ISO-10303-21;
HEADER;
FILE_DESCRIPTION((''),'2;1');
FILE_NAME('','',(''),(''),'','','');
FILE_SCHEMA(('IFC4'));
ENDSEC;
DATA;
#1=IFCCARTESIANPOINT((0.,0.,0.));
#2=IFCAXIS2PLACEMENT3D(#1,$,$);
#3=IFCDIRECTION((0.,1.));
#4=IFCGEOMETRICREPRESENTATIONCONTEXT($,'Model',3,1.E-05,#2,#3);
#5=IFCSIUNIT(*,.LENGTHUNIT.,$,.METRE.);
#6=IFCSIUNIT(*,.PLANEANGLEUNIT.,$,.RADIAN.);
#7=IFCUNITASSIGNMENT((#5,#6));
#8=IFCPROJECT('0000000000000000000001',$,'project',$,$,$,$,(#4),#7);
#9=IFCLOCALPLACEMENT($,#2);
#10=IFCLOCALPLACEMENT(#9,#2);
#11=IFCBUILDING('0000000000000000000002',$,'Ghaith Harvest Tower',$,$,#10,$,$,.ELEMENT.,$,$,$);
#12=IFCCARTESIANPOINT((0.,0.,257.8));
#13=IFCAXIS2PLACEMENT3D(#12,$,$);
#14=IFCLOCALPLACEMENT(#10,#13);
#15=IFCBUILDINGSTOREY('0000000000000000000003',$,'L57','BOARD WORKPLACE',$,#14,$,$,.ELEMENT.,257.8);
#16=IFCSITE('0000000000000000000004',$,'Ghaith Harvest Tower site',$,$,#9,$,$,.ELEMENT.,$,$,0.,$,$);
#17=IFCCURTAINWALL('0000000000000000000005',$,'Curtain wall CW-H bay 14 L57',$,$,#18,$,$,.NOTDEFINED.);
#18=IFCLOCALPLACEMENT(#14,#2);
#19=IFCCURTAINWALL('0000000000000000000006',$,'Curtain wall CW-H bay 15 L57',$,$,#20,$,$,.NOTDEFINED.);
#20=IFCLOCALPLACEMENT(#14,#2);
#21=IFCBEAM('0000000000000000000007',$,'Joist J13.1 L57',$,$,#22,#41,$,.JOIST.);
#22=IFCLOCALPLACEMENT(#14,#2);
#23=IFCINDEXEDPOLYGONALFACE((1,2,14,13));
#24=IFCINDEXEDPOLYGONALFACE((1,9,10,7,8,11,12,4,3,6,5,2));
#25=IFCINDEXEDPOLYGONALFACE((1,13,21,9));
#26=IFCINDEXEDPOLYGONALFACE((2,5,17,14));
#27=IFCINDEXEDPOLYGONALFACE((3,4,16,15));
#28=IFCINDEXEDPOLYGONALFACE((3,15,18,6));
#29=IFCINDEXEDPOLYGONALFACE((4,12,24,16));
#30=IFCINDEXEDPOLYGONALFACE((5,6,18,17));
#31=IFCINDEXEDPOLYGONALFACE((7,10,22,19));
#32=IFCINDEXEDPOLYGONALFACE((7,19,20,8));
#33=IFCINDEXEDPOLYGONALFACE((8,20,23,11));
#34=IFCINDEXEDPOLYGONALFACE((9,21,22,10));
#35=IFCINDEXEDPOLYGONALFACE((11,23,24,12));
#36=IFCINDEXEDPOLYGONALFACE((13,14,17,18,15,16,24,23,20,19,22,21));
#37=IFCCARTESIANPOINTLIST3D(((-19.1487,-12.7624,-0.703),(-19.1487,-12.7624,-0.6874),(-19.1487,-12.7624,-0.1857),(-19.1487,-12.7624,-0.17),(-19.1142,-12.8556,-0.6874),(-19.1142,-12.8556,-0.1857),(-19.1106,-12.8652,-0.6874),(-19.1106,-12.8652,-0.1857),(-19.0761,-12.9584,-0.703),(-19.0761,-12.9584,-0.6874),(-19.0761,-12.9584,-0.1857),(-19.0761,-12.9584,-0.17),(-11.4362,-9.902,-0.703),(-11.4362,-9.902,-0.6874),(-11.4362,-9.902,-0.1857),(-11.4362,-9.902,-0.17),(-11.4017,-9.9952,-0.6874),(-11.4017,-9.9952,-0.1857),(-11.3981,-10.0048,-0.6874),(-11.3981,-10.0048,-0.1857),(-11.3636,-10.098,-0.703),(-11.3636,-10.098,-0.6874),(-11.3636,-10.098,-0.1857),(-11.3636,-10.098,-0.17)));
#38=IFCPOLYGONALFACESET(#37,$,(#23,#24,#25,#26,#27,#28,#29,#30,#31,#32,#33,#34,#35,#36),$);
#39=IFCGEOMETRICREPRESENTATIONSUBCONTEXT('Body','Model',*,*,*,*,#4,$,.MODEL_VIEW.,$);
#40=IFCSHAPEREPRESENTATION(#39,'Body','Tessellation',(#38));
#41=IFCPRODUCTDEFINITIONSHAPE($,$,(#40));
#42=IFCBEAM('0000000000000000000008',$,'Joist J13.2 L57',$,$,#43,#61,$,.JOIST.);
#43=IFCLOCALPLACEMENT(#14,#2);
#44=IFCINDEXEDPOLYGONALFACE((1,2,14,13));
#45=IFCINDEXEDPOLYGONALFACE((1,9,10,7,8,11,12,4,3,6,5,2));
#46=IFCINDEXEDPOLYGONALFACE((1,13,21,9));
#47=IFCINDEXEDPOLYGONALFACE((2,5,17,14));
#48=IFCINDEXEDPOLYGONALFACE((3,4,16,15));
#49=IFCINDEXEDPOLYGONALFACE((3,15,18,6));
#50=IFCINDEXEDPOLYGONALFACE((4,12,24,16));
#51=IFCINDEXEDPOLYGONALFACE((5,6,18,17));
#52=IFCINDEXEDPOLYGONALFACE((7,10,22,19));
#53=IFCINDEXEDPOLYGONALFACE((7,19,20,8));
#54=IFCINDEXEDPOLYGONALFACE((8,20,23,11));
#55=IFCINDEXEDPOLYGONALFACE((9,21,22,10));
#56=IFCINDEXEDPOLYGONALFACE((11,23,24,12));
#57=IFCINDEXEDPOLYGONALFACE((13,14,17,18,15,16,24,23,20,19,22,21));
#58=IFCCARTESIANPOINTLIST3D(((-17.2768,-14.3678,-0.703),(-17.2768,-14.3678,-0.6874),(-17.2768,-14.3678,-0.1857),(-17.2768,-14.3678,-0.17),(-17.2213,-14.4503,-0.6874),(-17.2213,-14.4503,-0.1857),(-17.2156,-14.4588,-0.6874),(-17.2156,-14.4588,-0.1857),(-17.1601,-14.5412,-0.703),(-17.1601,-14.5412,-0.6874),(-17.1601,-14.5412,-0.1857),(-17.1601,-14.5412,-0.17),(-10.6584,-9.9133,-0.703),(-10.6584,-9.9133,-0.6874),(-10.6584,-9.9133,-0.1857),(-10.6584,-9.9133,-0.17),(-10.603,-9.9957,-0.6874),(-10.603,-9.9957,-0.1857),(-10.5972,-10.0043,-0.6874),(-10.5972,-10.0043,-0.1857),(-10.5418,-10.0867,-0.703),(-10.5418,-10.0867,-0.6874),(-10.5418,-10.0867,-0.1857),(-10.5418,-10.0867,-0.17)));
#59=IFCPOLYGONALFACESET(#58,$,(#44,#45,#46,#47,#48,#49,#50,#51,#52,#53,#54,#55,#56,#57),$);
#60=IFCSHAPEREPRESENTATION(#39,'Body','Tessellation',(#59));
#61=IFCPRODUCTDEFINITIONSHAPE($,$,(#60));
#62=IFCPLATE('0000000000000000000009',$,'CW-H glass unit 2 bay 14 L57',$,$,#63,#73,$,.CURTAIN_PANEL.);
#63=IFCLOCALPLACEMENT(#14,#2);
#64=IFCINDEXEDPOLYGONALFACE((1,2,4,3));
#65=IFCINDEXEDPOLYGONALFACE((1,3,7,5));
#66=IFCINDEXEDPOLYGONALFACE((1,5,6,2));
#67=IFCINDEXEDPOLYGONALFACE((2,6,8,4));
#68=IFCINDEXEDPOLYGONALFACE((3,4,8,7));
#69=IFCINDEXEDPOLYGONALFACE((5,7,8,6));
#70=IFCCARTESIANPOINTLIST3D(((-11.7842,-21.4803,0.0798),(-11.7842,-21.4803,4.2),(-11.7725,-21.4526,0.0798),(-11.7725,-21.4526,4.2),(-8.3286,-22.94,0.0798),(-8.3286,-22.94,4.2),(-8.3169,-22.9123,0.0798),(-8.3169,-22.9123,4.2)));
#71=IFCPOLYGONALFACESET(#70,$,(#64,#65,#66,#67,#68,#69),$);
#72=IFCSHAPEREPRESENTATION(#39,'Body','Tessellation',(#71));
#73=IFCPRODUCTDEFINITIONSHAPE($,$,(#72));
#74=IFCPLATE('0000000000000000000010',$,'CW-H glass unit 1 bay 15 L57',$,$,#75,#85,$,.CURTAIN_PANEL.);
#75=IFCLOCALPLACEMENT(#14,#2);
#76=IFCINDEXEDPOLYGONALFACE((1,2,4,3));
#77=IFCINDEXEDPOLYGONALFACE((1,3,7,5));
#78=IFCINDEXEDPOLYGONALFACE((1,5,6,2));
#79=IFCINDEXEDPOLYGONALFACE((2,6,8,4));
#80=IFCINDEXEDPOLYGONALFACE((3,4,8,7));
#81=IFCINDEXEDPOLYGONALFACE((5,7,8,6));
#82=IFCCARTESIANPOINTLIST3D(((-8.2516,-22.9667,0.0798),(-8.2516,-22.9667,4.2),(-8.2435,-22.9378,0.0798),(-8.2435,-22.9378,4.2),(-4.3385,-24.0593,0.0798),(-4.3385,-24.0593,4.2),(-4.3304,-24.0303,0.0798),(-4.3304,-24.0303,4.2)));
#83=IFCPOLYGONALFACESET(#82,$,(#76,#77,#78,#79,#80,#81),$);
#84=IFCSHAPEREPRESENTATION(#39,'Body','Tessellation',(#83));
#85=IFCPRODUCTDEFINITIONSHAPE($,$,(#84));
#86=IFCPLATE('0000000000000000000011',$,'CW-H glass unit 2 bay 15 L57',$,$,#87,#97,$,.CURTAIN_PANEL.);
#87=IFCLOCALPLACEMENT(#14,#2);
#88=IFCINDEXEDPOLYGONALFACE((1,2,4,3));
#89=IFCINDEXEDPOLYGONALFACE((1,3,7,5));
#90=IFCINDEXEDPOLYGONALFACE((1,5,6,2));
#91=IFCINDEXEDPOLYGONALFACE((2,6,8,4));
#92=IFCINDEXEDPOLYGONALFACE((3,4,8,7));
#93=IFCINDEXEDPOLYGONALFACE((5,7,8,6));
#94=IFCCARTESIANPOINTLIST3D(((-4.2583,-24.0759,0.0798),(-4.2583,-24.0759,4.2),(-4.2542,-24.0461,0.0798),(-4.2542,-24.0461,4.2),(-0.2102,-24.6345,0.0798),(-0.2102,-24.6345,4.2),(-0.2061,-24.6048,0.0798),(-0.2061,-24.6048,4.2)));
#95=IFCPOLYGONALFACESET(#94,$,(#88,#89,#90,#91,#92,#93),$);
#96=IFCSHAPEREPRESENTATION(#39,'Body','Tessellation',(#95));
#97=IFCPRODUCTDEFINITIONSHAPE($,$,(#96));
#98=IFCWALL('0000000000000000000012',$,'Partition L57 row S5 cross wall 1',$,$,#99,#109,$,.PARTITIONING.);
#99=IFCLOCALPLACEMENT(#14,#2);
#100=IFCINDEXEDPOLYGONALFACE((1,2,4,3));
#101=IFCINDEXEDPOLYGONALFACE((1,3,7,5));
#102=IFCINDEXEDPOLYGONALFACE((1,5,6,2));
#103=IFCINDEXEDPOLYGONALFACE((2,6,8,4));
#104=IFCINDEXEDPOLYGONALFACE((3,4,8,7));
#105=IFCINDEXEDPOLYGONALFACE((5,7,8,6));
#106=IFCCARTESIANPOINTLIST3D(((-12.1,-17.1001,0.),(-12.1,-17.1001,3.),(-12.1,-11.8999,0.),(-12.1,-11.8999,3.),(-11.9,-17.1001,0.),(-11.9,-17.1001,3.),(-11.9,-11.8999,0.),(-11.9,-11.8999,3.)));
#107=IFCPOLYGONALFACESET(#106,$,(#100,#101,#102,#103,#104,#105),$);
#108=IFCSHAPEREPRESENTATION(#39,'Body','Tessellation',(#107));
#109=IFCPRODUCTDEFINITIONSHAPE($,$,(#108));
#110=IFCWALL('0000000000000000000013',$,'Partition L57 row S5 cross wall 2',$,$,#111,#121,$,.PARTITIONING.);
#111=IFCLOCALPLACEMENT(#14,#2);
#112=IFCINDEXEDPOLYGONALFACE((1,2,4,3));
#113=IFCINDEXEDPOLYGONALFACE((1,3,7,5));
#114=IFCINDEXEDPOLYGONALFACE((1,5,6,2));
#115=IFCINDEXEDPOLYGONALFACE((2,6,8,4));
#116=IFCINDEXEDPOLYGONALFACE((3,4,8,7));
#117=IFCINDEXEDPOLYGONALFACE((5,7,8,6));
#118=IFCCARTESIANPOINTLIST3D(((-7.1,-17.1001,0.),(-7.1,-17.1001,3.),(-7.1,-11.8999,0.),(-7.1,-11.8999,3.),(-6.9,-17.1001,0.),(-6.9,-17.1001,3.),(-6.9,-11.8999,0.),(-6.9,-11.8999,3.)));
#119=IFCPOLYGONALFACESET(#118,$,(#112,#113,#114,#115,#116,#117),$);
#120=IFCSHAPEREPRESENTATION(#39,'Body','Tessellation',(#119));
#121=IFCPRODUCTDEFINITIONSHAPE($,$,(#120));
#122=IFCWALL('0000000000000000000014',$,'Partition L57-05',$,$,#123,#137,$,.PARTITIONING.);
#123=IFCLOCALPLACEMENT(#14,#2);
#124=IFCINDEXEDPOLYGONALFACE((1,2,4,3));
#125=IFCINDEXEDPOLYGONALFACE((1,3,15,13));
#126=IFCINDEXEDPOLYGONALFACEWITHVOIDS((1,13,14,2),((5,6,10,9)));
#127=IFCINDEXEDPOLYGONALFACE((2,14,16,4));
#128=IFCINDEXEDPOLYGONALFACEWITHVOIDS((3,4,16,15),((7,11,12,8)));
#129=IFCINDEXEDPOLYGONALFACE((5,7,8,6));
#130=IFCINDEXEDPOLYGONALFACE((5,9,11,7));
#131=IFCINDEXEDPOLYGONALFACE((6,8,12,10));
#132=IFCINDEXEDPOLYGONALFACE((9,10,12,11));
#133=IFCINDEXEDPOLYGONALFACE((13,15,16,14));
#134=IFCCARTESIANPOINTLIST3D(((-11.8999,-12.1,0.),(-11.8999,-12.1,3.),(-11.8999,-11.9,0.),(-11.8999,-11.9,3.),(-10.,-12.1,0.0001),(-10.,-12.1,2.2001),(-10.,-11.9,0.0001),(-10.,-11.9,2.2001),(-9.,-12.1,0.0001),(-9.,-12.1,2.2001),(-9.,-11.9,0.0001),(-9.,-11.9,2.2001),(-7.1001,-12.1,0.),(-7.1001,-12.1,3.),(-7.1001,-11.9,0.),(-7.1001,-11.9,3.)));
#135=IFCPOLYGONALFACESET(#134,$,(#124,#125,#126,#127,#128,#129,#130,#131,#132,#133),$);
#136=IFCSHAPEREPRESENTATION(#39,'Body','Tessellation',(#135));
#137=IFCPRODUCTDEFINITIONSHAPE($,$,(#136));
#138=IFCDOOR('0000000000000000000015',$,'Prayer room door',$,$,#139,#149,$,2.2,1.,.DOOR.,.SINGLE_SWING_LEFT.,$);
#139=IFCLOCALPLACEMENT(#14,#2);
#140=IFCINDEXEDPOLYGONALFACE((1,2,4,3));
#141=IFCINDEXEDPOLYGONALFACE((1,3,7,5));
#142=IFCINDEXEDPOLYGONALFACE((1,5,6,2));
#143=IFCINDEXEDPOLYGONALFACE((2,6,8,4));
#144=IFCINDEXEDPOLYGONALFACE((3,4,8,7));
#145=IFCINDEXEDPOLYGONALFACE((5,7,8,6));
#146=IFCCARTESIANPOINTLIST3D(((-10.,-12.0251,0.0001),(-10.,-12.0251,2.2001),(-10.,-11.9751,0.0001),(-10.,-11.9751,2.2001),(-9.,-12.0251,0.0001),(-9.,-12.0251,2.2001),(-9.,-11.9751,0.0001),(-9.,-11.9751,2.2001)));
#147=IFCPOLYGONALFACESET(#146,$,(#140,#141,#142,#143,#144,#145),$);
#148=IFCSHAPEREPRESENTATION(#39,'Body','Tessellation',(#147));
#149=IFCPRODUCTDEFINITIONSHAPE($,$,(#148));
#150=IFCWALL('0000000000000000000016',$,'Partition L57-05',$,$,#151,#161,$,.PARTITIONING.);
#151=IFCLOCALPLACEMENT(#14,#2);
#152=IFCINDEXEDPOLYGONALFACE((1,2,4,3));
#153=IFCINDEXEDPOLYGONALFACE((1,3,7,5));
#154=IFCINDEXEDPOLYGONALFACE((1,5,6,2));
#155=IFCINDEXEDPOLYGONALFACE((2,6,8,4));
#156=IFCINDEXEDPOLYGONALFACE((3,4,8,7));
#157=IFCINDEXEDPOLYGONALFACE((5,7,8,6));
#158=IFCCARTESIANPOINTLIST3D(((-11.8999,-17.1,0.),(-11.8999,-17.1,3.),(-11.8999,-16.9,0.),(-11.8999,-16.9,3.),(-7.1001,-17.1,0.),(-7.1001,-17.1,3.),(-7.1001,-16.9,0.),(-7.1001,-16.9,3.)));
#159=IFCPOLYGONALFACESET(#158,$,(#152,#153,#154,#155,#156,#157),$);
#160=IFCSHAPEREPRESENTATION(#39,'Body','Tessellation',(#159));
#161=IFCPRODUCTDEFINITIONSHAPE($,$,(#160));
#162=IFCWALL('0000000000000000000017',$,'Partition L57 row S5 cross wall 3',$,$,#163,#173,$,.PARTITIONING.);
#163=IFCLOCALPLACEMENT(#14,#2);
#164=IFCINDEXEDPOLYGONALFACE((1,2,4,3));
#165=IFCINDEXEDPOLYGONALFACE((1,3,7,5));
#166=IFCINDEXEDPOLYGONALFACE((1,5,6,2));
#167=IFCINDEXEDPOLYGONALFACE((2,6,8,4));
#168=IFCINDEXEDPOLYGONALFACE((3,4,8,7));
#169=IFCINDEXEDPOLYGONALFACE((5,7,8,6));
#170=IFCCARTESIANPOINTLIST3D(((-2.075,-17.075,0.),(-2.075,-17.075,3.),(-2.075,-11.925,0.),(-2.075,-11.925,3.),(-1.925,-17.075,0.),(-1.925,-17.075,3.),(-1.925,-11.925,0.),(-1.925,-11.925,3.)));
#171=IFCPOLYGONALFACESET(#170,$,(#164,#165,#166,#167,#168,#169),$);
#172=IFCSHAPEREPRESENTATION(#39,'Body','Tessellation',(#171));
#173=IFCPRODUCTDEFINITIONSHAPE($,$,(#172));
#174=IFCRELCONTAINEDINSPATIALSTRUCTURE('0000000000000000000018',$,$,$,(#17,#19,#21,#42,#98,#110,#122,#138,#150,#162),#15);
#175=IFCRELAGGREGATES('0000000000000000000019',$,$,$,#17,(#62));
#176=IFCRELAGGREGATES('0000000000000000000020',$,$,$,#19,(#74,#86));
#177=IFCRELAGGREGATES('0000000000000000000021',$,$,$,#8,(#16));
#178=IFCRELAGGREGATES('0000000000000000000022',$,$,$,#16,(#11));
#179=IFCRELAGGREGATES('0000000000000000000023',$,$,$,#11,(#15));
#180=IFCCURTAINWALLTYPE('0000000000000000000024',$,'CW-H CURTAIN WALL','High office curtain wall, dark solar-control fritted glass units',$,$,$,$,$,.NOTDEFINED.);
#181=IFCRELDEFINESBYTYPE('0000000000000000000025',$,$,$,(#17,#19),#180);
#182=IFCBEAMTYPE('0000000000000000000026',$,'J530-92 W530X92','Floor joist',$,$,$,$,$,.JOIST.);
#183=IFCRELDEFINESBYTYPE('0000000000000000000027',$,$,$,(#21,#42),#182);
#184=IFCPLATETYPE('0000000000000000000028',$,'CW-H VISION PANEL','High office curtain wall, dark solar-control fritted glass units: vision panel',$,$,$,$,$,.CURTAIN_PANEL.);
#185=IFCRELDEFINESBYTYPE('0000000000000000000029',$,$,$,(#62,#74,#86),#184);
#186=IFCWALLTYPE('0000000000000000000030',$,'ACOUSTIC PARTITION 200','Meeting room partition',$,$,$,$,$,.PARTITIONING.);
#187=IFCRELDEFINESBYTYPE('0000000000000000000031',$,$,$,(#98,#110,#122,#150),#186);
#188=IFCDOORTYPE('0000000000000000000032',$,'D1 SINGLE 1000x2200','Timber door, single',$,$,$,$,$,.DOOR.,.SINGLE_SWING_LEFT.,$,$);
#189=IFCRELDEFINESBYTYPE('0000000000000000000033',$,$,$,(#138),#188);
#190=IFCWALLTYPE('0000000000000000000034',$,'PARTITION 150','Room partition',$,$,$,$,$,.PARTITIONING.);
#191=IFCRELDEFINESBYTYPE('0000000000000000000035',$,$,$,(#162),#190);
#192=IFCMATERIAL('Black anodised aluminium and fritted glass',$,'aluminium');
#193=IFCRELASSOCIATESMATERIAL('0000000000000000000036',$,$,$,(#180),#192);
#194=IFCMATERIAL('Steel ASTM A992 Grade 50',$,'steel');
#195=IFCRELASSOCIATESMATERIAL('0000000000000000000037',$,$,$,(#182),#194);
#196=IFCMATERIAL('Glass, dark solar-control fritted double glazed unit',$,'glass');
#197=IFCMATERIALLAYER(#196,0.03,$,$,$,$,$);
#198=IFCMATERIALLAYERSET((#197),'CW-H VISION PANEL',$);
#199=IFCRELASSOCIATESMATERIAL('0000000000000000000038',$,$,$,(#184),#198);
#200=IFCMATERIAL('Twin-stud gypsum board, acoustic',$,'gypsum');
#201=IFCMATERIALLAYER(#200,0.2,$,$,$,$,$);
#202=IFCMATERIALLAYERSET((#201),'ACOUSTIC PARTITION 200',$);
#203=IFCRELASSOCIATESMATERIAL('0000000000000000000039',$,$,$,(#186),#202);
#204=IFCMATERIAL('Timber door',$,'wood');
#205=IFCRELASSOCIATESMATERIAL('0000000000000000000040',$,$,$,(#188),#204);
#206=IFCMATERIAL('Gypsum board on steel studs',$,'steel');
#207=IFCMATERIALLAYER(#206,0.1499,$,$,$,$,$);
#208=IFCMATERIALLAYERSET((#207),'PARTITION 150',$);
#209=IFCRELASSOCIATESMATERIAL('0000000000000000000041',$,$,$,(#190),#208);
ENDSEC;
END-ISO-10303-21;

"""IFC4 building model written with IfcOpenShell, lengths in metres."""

from ifc_helpers import new_model, si_unit, direction, frame, frame_2d, origin, origin_2d, place, context, subcontext, project, spatial, rectangle, i_section, extrude, material, layer, layer_set, material_profile, profile_set, type_object, element, fill, aggregate, save


model = new_model("IFC4")

# Units and contexts
model_context = context("Model", 3, precision=1e-05, world=origin(), true_north=direction((0.0, 1.0)))
body_context = subcontext(model_context, "Body", "Model", "MODEL_VIEW")
ifc_project = project(units=[si_unit("LENGTHUNIT", "METRE"), si_unit("PLANEANGLEUNIT", "RADIAN")], contexts=[model_context])

# Site, building, storey
site_placement = place(None, origin())
site = spatial("IfcSite", under=ifc_project, at=site_placement, Name="Ghaith Harvest Tower site", CompositionType="ELEMENT", RefElevation=0.0)
building_placement = place(site_placement, origin())
building = spatial("IfcBuilding", under=site, at=building_placement, Name="Ghaith Harvest Tower", CompositionType="ELEMENT")
storey_placement = place(building_placement, frame((0.0, 0.0, 257.8)))
storey = spatial("IfcBuildingStorey", under=building, at=storey_placement, Name="L57", Description="BOARD WORKPLACE", CompositionType="ELEMENT", Elevation=257.8)

# Curtain wall
ifc_material_1 = material(Name="Black anodised aluminium and fritted glass", Category="aluminium")
curtain_wall_type = type_object("IfcCurtainWallType", Name="CW-H CURTAIN WALL", Description="High office curtain wall, dark solar-control fritted glass units", PredefinedType="NOTDEFINED", material=ifc_material_1)
curtain_wall_1_placement = place(storey_placement, origin())
curtain_wall_1 = element("IfcCurtainWall", 1, at=curtain_wall_1_placement, inside=storey, type_object=curtain_wall_type, Name="Curtain wall CW-H bay 14 L57", PredefinedType="NOTDEFINED")

# Curtain wall
curtain_wall_2_placement = place(storey_placement, origin())
curtain_wall_2 = element("IfcCurtainWall", 2, at=curtain_wall_2_placement, inside=storey, type_object=curtain_wall_type, Name="Curtain wall CW-H bay 15 L57", PredefinedType="NOTDEFINED")

# Beams
ifc_material_2 = material(Name="Steel ASTM A992 Grade 50", Category="steel")
ifc_material_profile_1 = material_profile(ifc_material_2, i_section(OverallWidth=0.209, OverallDepth=0.533, WebThickness=0.0103, FlangeThickness=0.0156, at=origin_2d()), Name="W530X92")
ifc_profile_set_1 = profile_set([ifc_material_profile_1], Name="Steel ASTM A992 Grade 50")
beam_type_1 = type_object("IfcBeamType", Name="J530-92 W530X92", Description="Floor joist", PredefinedType="JOIST", material=ifc_profile_set_1)
beam_1_placement = place(storey_placement, frame((-11.3999, -10.0, -0.4365), z_axis=(-0.937594, -0.347732, 0.0), x_axis=(0.347732, -0.937594, 0.0)))
element("IfcBeam", 3, at=beam_1_placement, inside=storey, type_object=beam_type_1, Name="Joist J13.1 L57", PredefinedType="JOIST", context=body_context, shape_type="SweptSolid", body=[
    extrude(i_section(OverallWidth=0.209, OverallDepth=0.533, WebThickness=0.0103, FlangeThickness=0.0156, at=origin_2d()), origin(), (0.0, 0.0, 1.0), 8.2258),
])
beam_2_placement = place(storey_placement, frame((-10.6001, -10.0, -0.4365), z_axis=(-0.829594, -0.558367, 0.0), x_axis=(0.558367, -0.829594, 0.0)))
element("IfcBeam", 4, at=beam_2_placement, inside=storey, type_object=beam_type_1, Name="Joist J13.2 L57", PredefinedType="JOIST", context=body_context, shape_type="SweptSolid", body=[
    extrude(i_section(OverallWidth=0.209, OverallDepth=0.533, WebThickness=0.0103, FlangeThickness=0.0156, at=origin_2d()), origin(), (0.0, 0.0, 1.0), 7.9778),
])

# Plates
ifc_material_3 = material(Name="Glass, dark solar-control fritted double glazed unit", Category="glass")
ifc_layer_1 = layer(ifc_material_3, 0.03)
ifc_layer_set_1 = layer_set([ifc_layer_1], Name="CW-H VISION PANEL")
plate_type = type_object("IfcPlateType", Name="CW-H VISION PANEL", Description="High office curtain wall, dark solar-control fritted glass units: vision panel", PredefinedType="CURTAIN_PANEL", material=ifc_layer_set_1)
plate_1_placement = place(storey_placement, frame((-10.0505, -22.1963, 0.0798), z_axis=(0.0, 0.0, 1.0), x_axis=(0.921182, -0.389133, 0.0)))
plate_1 = element("IfcPlate", 5, at=plate_1_placement, type_object=plate_type, Name="CW-H glass unit 2 bay 14 L57", PredefinedType="CURTAIN_PANEL", context=body_context, shape_type="SweptSolid", body=[
    extrude(rectangle(XDim=3.7512, YDim=0.03, at=origin_2d()), origin(), (0.0, 0.0, 1.0), 4.1201),
])
aggregate(curtain_wall_1, [plate_1])
plate_2_placement = place(storey_placement, frame((-6.291, -23.4985, 0.0798), z_axis=(0.0, 0.0, 1.0), x_axis=(0.963163, -0.268919, 0.0)))
plate_2 = element("IfcPlate", 6, at=plate_2_placement, type_object=plate_type, Name="CW-H glass unit 1 bay 15 L57", PredefinedType="CURTAIN_PANEL", context=body_context, shape_type="SweptSolid", body=[
    extrude(rectangle(XDim=4.0627, YDim=0.03, at=origin_2d()), origin(), (0.0, 0.0, 1.0), 4.1201),
])
plate_3_placement = place(storey_placement, frame((-2.2322, -24.3403, 0.0798), z_axis=(0.0, 0.0, 1.0), x_axis=(0.990612, -0.136702, 0.0)))
plate_3 = element("IfcPlate", 7, at=plate_3_placement, type_object=plate_type, Name="CW-H glass unit 2 bay 15 L57", PredefinedType="CURTAIN_PANEL", context=body_context, shape_type="SweptSolid", body=[
    extrude(rectangle(XDim=4.0864, YDim=0.03, at=origin_2d()), origin(), (0.0, 0.0, 1.0), 4.1201),
])
aggregate(curtain_wall_2, [plate_2, plate_3])

# Walls
ifc_material_4 = material(Name="Twin-stud gypsum board, acoustic", Category="gypsum")
ifc_layer_2 = layer(ifc_material_4, 0.2)
ifc_layer_set_2 = layer_set([ifc_layer_2], Name="ACOUSTIC PARTITION 200")
wall_type_1 = type_object("IfcWallType", Name="ACOUSTIC PARTITION 200", Description="Meeting room partition", PredefinedType="PARTITIONING", material=ifc_layer_set_2)
for number, where, z_axis, x_axis, name in (
    (8, (-12.0, -11.8999, 0.0), (0.0, 0.0, 1.0), (0.0, -1.0, 0.0), "Partition L57 row S5 cross wall 1"),
    (9, (-7.0, -11.8999, 0.0), (0.0, 0.0, 1.0), (0.0, -1.0, 0.0), "Partition L57 row S5 cross wall 2"),
):
    element("IfcWall", number, at=place(storey_placement, frame(where, z_axis=z_axis, x_axis=x_axis)), inside=storey, type_object=wall_type_1, Name=name, PredefinedType="PARTITIONING", context=body_context, shape_type="SweptSolid", body=[
        extrude(rectangle(XDim=5.2002, YDim=0.2, at=frame_2d((2.6001, 0.0))), origin(), (0.0, 0.0, 1.0), 3.0),
    ])

# Wall, opening, door
wall_1_placement = place(storey_placement, frame((-11.8999, -12.0, 0.0), z_axis=(0.0, 0.0, 1.0), x_axis=(1.0, 0.0, 0.0)))
wall_1 = element("IfcWall", 10, at=wall_1_placement, inside=storey, type_object=wall_type_1, Name="Partition L57-05", PredefinedType="PARTITIONING", context=body_context, shape_type="SweptSolid", body=[
    extrude(rectangle(XDim=4.7998, YDim=0.2, at=frame_2d((2.3999, 0.0))), origin(), (0.0, 0.0, 1.0), 3.0),
])
opening_1_placement = place(wall_1_placement, frame((1.8999, 0.0, 0.0)))
opening_1 = element("IfcOpeningElement", 11, at=opening_1_placement, cuts=wall_1, PredefinedType="OPENING", context=body_context, shape_type="SweptSolid", body=[
    extrude(rectangle(XDim=1.0, YDim=2.2, at=frame_2d((0.5, 1.1001))), frame((0.0, 0.1099, 0.0), z_axis=(0.0, -1.0, 0.0), x_axis=(1.0, 0.0, 0.0)), (0.0, 0.0, 1.0), 0.22),
])
ifc_material_5 = material(Name="Timber door", Category="wood")
door_type = type_object("IfcDoorType", Name="D1 SINGLE 1000x2200", Description="Timber door, single", OperationType="SINGLE_SWING_LEFT", PredefinedType="DOOR", material=ifc_material_5)
door_1_placement = place(opening_1_placement, origin())
door_1 = element("IfcDoor", 12, at=door_1_placement, inside=storey, type_object=door_type, Name="Prayer room door", OperationType="SINGLE_SWING_LEFT", OverallHeight=2.2, OverallWidth=1.0, PredefinedType="DOOR", context=body_context, shape_type="SweptSolid", body=[
    extrude(rectangle(XDim=1.0, YDim=2.2, at=frame_2d((0.5, 1.1001))), frame((0.0, 0.0249, 0.0), z_axis=(0.0, -1.0, 0.0), x_axis=(1.0, 0.0, 0.0)), (0.0, 0.0, 1.0), 0.05),
])
fill(opening_1, door_1)

# Walls
wall_2_placement = place(storey_placement, frame((-11.8999, -17.0, 0.0), z_axis=(0.0, 0.0, 1.0), x_axis=(1.0, 0.0, 0.0)))
element("IfcWall", 13, at=wall_2_placement, inside=storey, type_object=wall_type_1, Name="Partition L57-05", PredefinedType="PARTITIONING", context=body_context, shape_type="SweptSolid", body=[
    extrude(rectangle(XDim=4.7998, YDim=0.2, at=frame_2d((2.3999, 0.0))), origin(), (0.0, 0.0, 1.0), 3.0),
])
ifc_material_6 = material(Name="Gypsum board on steel studs", Category="steel")
ifc_layer_3 = layer(ifc_material_6, 0.1499)
ifc_layer_set_3 = layer_set([ifc_layer_3], Name="PARTITION 150")
wall_type_2 = type_object("IfcWallType", Name="PARTITION 150", Description="Room partition", PredefinedType="PARTITIONING", material=ifc_layer_set_3)
wall_3_placement = place(storey_placement, frame((-2.0, -11.925, 0.0), z_axis=(0.0, 0.0, 1.0), x_axis=(0.0, -1.0, 0.0)))
element("IfcWall", 14, at=wall_3_placement, inside=storey, type_object=wall_type_2, Name="Partition L57 row S5 cross wall 3", PredefinedType="PARTITIONING", context=body_context, shape_type="SweptSolid", body=[
    extrude(rectangle(XDim=5.1499, YDim=0.1499, at=frame_2d((2.575, 0.0))), origin(), (0.0, 0.0, 1.0), 3.0),
])

save(model, "model.ifc")
